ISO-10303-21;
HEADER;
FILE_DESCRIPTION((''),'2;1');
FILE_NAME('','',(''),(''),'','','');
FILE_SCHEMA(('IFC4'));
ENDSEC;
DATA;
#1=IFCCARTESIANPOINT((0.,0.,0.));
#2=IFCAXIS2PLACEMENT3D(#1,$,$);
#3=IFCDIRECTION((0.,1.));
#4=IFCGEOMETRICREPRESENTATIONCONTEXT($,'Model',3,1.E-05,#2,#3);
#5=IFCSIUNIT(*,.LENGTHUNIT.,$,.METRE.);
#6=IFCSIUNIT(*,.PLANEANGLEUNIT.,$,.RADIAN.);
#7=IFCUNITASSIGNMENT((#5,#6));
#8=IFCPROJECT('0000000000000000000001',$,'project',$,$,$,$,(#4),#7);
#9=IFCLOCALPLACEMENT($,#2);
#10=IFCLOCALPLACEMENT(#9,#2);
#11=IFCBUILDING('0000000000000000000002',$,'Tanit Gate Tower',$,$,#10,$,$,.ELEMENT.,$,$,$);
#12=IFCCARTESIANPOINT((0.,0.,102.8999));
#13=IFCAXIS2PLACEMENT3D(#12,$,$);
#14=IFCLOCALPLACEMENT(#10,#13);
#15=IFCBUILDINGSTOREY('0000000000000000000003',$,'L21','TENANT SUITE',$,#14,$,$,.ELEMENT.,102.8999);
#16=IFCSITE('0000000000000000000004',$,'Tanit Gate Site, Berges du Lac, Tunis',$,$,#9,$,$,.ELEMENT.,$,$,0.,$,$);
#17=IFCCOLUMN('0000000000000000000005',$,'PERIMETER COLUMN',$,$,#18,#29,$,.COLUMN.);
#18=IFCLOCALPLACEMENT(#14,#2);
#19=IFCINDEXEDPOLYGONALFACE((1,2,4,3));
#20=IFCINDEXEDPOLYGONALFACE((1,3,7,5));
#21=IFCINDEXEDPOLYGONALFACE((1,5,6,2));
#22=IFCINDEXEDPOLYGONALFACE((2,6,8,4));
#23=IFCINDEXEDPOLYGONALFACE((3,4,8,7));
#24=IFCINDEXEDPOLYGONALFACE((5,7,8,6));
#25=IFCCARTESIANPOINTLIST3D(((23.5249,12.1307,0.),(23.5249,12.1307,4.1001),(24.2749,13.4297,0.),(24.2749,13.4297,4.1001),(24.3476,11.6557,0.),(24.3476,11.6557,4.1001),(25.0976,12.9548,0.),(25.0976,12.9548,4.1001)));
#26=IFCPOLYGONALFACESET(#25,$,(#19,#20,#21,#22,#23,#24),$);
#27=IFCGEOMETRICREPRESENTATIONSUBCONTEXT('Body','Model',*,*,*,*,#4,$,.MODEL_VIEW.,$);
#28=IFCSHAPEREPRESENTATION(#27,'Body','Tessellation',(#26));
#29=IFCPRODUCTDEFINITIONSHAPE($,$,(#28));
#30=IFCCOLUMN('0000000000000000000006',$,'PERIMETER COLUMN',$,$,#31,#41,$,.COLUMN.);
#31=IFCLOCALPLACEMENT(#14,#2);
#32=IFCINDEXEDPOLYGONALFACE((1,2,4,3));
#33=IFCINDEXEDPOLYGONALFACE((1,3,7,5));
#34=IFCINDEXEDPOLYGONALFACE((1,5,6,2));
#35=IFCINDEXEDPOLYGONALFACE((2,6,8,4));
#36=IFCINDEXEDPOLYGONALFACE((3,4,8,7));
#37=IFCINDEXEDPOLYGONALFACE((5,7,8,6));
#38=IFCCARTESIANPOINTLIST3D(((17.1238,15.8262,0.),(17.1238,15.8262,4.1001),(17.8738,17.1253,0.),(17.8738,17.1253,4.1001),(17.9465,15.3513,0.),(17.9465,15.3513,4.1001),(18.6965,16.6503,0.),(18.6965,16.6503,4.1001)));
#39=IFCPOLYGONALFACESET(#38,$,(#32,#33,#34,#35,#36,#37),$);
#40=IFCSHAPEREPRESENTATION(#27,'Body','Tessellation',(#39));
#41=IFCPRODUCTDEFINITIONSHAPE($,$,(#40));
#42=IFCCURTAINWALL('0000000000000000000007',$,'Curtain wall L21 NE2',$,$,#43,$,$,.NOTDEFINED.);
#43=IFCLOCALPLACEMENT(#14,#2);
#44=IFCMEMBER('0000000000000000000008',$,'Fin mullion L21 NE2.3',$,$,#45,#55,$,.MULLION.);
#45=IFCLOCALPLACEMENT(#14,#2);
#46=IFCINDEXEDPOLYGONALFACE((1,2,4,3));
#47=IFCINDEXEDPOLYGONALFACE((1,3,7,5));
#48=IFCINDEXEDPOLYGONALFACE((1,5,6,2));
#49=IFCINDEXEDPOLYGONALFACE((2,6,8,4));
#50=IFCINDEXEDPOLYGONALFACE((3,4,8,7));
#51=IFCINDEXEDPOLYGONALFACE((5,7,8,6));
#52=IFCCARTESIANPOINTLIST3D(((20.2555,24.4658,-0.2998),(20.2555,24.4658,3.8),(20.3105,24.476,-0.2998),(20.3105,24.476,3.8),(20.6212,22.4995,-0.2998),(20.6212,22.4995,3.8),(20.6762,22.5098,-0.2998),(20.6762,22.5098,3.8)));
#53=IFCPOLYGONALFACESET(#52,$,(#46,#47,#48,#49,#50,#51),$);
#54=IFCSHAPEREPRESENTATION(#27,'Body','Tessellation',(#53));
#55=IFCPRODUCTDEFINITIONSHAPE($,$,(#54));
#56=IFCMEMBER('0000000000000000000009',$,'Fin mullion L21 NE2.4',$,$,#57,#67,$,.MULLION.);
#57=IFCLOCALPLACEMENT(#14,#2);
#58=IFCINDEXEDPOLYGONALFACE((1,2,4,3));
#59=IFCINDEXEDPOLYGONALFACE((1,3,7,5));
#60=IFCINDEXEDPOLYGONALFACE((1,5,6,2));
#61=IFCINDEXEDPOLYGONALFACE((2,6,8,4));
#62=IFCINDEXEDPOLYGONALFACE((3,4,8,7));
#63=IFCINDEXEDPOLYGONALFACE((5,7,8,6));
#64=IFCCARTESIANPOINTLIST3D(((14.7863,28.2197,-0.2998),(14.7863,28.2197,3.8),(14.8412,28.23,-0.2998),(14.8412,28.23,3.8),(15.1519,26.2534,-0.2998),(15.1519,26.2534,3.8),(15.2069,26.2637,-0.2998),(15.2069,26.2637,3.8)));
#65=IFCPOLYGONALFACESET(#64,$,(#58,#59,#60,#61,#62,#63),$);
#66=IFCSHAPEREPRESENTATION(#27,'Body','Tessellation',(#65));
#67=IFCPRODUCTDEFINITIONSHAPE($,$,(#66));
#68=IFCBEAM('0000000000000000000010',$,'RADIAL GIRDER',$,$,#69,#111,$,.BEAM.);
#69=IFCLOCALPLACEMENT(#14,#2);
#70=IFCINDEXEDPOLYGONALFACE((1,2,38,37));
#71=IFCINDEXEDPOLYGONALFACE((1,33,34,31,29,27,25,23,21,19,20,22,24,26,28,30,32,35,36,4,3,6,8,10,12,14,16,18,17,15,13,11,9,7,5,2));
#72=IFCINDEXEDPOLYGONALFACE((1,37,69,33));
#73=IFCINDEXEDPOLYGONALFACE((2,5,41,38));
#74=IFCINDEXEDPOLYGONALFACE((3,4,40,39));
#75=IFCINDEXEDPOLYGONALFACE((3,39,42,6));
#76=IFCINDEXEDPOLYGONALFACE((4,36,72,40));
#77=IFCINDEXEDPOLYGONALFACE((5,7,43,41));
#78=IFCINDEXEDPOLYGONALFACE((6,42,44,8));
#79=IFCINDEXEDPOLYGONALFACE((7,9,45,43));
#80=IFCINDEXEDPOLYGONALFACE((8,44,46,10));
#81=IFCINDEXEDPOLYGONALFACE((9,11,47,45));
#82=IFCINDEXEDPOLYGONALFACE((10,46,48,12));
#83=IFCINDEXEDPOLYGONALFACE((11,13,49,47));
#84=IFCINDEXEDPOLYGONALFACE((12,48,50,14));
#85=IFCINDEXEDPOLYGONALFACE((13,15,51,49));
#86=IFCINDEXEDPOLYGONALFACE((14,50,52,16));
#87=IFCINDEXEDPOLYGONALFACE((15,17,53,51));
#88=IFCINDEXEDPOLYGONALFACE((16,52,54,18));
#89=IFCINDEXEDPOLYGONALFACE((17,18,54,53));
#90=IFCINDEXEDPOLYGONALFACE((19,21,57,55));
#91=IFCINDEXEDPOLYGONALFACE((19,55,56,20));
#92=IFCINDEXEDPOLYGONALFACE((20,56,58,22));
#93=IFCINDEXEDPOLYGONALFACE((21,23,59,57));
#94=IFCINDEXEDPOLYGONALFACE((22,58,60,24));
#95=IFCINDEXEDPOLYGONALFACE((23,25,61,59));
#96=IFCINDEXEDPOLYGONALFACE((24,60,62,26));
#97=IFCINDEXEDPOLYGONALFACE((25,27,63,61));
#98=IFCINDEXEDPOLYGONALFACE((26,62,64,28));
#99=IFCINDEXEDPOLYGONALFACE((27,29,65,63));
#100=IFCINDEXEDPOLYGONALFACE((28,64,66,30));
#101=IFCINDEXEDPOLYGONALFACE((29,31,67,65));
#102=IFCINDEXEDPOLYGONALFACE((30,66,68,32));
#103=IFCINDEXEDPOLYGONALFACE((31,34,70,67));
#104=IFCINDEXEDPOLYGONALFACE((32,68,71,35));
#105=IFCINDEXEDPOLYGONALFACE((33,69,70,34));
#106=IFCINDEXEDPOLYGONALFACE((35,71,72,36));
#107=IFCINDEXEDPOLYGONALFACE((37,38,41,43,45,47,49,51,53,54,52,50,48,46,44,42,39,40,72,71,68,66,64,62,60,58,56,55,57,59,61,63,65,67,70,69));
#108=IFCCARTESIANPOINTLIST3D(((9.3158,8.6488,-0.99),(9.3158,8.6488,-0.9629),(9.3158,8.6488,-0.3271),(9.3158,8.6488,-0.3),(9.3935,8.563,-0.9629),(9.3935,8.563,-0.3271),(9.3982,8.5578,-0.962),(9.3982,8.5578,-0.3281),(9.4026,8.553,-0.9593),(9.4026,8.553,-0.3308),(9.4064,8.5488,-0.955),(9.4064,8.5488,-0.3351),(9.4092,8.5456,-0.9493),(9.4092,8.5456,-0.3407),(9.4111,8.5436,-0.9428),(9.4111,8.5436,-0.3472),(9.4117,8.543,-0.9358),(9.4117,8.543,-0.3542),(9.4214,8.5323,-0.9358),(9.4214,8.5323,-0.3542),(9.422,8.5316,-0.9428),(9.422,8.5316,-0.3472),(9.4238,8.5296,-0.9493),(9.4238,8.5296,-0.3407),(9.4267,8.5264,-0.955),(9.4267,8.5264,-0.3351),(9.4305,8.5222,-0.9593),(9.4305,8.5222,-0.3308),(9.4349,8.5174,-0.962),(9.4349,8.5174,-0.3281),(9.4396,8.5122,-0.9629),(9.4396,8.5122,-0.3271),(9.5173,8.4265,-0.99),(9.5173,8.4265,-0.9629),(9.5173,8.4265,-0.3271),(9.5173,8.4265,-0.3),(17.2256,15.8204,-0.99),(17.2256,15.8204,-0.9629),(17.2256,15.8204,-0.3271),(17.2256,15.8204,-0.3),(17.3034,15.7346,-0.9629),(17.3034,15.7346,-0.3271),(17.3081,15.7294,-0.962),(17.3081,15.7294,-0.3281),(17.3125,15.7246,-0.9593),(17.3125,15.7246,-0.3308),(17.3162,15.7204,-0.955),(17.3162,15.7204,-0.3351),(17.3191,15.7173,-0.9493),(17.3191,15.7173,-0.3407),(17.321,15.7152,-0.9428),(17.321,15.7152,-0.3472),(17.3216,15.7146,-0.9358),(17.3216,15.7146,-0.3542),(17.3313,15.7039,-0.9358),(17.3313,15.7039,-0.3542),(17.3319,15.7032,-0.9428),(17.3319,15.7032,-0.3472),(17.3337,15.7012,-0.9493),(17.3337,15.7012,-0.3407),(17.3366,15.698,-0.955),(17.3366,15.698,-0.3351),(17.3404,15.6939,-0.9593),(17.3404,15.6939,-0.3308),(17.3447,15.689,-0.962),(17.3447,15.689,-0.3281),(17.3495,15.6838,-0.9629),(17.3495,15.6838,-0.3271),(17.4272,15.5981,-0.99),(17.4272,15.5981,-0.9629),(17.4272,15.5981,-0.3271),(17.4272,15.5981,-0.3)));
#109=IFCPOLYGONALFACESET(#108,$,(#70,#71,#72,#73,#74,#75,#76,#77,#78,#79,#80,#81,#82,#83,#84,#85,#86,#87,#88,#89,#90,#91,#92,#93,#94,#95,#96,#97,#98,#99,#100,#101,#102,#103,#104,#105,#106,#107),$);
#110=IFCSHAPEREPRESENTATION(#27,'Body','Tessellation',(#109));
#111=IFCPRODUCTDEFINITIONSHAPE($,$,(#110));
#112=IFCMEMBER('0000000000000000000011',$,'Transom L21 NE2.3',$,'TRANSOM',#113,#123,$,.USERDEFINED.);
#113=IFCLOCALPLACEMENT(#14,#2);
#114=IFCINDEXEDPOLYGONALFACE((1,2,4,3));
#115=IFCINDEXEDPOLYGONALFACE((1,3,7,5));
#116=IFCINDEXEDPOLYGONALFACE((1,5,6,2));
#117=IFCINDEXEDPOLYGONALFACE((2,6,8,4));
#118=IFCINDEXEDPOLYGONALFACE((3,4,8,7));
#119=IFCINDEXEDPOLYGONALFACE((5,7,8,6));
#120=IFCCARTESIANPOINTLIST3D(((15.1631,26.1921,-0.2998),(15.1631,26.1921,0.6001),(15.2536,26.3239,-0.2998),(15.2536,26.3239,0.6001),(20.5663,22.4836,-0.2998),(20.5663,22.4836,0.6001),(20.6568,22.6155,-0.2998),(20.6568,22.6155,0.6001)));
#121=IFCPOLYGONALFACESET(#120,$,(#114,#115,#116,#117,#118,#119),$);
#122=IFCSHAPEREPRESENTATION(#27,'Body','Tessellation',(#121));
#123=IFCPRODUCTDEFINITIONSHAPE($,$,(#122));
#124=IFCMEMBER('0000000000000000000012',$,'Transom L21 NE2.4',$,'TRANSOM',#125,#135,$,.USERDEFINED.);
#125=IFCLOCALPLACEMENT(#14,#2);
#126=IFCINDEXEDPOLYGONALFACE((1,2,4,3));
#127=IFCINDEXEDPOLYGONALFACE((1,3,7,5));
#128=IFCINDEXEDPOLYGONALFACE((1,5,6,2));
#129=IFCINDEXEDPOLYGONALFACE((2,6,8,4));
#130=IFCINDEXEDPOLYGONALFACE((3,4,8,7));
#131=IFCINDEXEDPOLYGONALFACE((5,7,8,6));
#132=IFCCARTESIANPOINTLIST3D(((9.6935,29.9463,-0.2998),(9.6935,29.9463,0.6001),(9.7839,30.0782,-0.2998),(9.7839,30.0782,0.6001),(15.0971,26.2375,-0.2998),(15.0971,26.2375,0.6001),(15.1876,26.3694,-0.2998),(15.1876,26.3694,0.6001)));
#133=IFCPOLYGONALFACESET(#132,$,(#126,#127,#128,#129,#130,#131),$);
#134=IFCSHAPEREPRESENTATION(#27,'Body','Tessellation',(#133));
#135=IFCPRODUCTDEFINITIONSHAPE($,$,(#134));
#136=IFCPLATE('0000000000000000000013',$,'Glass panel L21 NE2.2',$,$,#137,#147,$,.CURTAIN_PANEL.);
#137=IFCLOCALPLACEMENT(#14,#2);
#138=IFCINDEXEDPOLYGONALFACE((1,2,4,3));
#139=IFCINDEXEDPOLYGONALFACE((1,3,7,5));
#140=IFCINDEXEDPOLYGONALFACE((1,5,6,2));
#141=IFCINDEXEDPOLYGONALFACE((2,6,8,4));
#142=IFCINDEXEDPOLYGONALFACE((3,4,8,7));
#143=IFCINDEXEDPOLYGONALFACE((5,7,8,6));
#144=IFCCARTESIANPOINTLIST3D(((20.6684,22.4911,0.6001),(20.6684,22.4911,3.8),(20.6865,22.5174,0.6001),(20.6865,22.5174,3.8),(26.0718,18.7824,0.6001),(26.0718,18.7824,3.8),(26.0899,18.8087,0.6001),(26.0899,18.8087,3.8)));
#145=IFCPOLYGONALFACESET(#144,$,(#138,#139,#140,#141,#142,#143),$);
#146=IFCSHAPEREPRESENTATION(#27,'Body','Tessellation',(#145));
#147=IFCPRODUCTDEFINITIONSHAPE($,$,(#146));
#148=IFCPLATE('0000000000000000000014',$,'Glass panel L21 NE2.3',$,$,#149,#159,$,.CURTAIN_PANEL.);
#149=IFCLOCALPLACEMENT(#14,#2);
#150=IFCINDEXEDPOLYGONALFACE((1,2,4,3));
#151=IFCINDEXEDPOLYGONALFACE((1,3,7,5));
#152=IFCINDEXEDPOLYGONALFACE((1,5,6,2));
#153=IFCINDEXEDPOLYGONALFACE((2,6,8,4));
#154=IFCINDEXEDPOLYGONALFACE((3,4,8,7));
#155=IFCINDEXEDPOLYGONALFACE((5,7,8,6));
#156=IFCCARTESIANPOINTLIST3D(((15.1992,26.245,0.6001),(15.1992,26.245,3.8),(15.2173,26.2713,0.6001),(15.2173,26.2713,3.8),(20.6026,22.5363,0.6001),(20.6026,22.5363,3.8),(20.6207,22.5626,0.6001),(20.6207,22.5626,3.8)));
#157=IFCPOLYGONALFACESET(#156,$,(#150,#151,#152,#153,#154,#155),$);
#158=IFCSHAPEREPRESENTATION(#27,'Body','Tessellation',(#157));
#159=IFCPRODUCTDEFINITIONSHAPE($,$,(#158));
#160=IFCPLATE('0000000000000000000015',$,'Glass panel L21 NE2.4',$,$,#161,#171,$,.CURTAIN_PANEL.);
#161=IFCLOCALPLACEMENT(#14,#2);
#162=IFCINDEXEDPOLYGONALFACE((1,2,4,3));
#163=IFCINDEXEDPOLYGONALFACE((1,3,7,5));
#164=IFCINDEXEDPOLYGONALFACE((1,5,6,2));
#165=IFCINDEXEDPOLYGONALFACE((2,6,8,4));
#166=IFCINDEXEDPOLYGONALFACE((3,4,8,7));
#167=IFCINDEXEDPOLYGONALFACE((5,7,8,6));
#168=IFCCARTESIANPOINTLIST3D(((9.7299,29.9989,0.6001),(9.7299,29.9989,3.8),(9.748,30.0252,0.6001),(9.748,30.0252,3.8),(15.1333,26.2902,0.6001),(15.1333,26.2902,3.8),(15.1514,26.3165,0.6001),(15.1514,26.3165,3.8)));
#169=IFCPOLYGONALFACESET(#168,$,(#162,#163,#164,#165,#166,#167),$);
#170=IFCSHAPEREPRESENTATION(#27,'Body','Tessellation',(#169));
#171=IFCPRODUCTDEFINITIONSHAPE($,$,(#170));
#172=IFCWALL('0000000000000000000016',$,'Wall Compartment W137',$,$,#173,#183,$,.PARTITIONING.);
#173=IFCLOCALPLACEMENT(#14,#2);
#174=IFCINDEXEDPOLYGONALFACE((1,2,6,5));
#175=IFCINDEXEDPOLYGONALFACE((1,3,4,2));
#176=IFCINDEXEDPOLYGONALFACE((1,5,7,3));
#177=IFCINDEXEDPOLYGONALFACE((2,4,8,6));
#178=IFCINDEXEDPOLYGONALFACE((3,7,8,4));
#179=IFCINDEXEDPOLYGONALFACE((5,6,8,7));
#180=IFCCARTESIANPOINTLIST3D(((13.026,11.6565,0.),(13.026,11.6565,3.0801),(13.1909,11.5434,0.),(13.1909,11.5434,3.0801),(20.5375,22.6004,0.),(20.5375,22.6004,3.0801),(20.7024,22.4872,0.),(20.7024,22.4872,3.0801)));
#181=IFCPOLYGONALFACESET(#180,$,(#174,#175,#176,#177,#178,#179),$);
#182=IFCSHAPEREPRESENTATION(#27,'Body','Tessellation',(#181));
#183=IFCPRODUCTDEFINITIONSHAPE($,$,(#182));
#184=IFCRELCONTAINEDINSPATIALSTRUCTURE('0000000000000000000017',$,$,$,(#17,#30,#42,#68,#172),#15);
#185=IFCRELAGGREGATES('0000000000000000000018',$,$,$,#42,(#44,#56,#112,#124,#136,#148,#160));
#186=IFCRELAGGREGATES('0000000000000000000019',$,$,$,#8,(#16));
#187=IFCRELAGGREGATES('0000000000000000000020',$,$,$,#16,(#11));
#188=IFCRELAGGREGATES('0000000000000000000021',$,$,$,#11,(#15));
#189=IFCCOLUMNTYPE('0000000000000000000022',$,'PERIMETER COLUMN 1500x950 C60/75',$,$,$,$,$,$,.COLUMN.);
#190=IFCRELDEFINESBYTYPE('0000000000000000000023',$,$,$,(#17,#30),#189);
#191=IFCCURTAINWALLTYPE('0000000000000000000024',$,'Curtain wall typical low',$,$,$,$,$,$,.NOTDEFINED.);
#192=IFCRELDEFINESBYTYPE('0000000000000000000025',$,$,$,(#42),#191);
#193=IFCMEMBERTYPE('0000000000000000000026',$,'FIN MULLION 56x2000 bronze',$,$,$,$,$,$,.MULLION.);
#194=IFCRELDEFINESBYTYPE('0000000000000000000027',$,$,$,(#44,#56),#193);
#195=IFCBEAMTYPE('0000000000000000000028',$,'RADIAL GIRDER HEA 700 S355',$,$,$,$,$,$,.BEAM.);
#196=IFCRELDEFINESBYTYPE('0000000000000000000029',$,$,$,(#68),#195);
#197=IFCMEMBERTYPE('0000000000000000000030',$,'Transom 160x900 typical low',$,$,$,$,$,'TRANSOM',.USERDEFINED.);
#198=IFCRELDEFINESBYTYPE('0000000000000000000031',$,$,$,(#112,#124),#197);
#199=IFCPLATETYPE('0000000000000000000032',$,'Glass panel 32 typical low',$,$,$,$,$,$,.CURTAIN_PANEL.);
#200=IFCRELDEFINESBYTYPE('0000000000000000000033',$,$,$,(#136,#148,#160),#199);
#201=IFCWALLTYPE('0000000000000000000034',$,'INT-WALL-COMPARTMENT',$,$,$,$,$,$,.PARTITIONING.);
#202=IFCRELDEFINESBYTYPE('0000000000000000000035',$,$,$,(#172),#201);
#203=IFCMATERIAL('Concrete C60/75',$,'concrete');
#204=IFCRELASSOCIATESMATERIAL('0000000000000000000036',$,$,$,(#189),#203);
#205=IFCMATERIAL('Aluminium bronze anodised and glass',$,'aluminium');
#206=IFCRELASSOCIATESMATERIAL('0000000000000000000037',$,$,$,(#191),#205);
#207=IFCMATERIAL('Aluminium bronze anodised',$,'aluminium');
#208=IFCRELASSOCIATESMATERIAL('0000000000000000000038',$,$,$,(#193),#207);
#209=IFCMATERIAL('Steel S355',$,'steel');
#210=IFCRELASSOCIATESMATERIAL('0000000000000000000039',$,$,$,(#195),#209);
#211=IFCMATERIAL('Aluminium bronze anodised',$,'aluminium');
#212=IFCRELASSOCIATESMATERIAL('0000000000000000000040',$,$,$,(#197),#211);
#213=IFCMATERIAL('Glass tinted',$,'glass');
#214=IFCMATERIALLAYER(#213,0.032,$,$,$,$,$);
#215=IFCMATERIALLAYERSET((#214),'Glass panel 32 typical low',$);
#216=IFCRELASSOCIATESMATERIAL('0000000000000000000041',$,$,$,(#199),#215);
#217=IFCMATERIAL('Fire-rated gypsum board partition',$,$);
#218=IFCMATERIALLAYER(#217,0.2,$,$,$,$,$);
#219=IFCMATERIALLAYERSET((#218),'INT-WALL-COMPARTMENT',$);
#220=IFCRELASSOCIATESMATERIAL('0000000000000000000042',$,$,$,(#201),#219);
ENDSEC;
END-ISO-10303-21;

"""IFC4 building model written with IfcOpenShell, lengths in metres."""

from ifc_helpers import new_model, si_unit, direction, frame, frame_2d, origin, origin_2d, place, context, subcontext, project, spatial, rectangle, i_section, extrude, material, layer, layer_set, material_profile, profile_set, type_object, element, aggregate, save


model = new_model("IFC4")

# Units and contexts
model_context = context("Model", 3, precision=1e-05, world=origin(), true_north=direction((0.0, 1.0)))
body_context = subcontext(model_context, "Body", "Model", "MODEL_VIEW")
ifc_project = project(units=[si_unit("LENGTHUNIT", "METRE"), si_unit("PLANEANGLEUNIT", "RADIAN")], contexts=[model_context])

# Site, building, storey
site_placement = place(None, origin())
site = spatial("IfcSite", under=ifc_project, at=site_placement, Name="Tanit Gate Site, Berges du Lac, Tunis", CompositionType="ELEMENT", RefElevation=0.0)
building_placement = place(site_placement, origin())
building = spatial("IfcBuilding", under=site, at=building_placement, Name="Tanit Gate Tower", CompositionType="ELEMENT")
storey_placement = place(building_placement, frame((0.0, 0.0, 102.8999)))
storey = spatial("IfcBuildingStorey", under=building, at=storey_placement, Name="L21", Description="TENANT SUITE", CompositionType="ELEMENT", Elevation=102.8999)

# Columns
ifc_material_1 = material(Name="Concrete C60/75", Category="concrete")
ifc_material_profile_1 = material_profile(ifc_material_1, rectangle(XDim=1.5, YDim=0.95, at=origin_2d()), Name="RC 1500x950")
ifc_profile_set_1 = profile_set([ifc_material_profile_1], Name="Concrete C60/75")
column_type = type_object("IfcColumnType", Name="PERIMETER COLUMN 1500x950 C60/75", PredefinedType="COLUMN", material=ifc_profile_set_1)
for number, where, z_axis, x_axis, name in (
    (1, (24.3113, 12.5427, 0.0), (0.0, 0.0, 1.0), (0.5, 0.866025, 0.0), "PERIMETER COLUMN"),
    (2, (17.9102, 16.2383, 0.0), (0.0, 0.0, 1.0), (0.5, 0.866025, 0.0), "PERIMETER COLUMN"),
):
    element("IfcColumn", number, at=place(storey_placement, frame(where, z_axis=z_axis, x_axis=x_axis)), inside=storey, type_object=column_type, Name=name, PredefinedType="COLUMN", context=body_context, shape_type="SweptSolid", body=[
        extrude(rectangle(XDim=1.5, YDim=0.95, at=origin_2d()), origin(), (0.0, 0.0, 1.0), 4.1001),
    ])

# Curtain wall, members
ifc_material_2 = material(Name="Aluminium bronze anodised and glass", Category="aluminium")
curtain_wall_type = type_object("IfcCurtainWallType", Name="Curtain wall typical low", PredefinedType="NOTDEFINED", material=ifc_material_2)
curtain_wall_placement = place(storey_placement, origin())
curtain_wall = element("IfcCurtainWall", 3, at=curtain_wall_placement, inside=storey, type_object=curtain_wall_type, Name="Curtain wall L21 NE2", PredefinedType="NOTDEFINED")
ifc_material_3 = material(Name="Aluminium bronze anodised", Category="aluminium")
ifc_material_profile_2 = material_profile(ifc_material_3, rectangle(XDim=2.0, YDim=0.0559, at=origin_2d()), Name="56x2000 bronze fin mullion")
ifc_profile_set_2 = profile_set([ifc_material_profile_2], Name="Aluminium bronze anodised")
member_type_1 = type_object("IfcMemberType", Name="FIN MULLION 56x2000 bronze", PredefinedType="MULLION", material=ifc_profile_set_2)
member_1_placement = place(storey_placement, frame((20.4658, 23.4878, -0.2998), z_axis=(0.0, 0.0, 1.0), x_axis=(0.182847, -0.983141, 0.0)))
member_1 = element("IfcMember", 4, at=member_1_placement, type_object=member_type_1, Name="Fin mullion L21 NE2.3", PredefinedType="MULLION", context=body_context, shape_type="SweptSolid", body=[
    extrude(rectangle(XDim=2.0, YDim=0.0559, at=origin_2d()), origin(), (0.0, 0.0, 1.0), 4.0999),
])
member_2_placement = place(storey_placement, frame((14.9966, 27.2417, -0.2998), z_axis=(0.0, 0.0, 1.0), x_axis=(0.182847, -0.983141, 0.0)))
member_2 = element("IfcMember", 5, at=member_2_placement, type_object=member_type_1, Name="Fin mullion L21 NE2.4", PredefinedType="MULLION", context=body_context, shape_type="SweptSolid", body=[
    extrude(rectangle(XDim=2.0, YDim=0.0559, at=origin_2d()), origin(), (0.0, 0.0, 1.0), 4.0999),
])

# Beam
ifc_material_4 = material(Name="Steel S355", Category="steel")
ifc_material_profile_3 = material_profile(ifc_material_4, i_section(OverallWidth=0.3, OverallDepth=0.6899, WebThickness=0.0144, FlangeThickness=0.0271, FilletRadius=0.0271, at=origin_2d()), Name="HEA 700")
ifc_profile_set_3 = profile_set([ifc_material_profile_3], Name="Steel S355")
beam_type = type_object("IfcBeamType", Name="RADIAL GIRDER HEA 700 S355", PredefinedType="BEAM", material=ifc_profile_set_3)
beam_placement = place(storey_placement, frame((17.3264, 15.7092, -0.645), z_axis=(-0.740834, -0.671688, 0.0), x_axis=(0.671688, -0.740834, 0.0)))
element("IfcBeam", 6, at=beam_placement, inside=storey, type_object=beam_type, Name="RADIAL GIRDER", PredefinedType="BEAM", context=body_context, shape_type="SweptSolid", body=[
    extrude(i_section(OverallWidth=0.3, OverallDepth=0.6899, WebThickness=0.0144, FlangeThickness=0.0271, FilletRadius=0.0271, at=origin_2d()), origin(), (0.0, 0.0, 1.0), 10.677),
])

# Members
ifc_material_5 = material(Name="Aluminium bronze anodised", Category="aluminium")
ifc_material_profile_4 = material_profile(ifc_material_5, rectangle(XDim=0.1599, YDim=0.8999, at=origin_2d()), Name="160x900 bronze transom")
ifc_profile_set_4 = profile_set([ifc_material_profile_4], Name="Aluminium bronze anodised")
member_type_2 = type_object("IfcMemberType", Name="Transom 160x900 typical low", ElementType="TRANSOM", PredefinedType="USERDEFINED", material=ifc_profile_set_4)
member_3_placement = place(storey_placement, frame((20.6116, 22.5496, 0.1501), z_axis=(-0.824489, 0.565877, 0.0), x_axis=(-0.565877, -0.824489, 0.0)))
member_3 = element("IfcMember", 7, at=member_3_placement, type_object=member_type_2, Name="Transom L21 NE2.3", ObjectType="TRANSOM", PredefinedType="USERDEFINED", context=body_context, shape_type="SweptSolid", body=[
    extrude(rectangle(XDim=0.1599, YDim=0.8999, at=origin_2d()), origin(), (0.0, 0.0, 1.0), 6.5535),
])
member_4_placement = place(storey_placement, frame((15.1423, 26.3035, 0.1501), z_axis=(-0.824484, 0.565885, 0.0), x_axis=(-0.565885, -0.824484, 0.0)))
member_4 = element("IfcMember", 8, at=member_4_placement, type_object=member_type_2, Name="Transom L21 NE2.4", ObjectType="TRANSOM", PredefinedType="USERDEFINED", context=body_context, shape_type="SweptSolid", body=[
    extrude(rectangle(XDim=0.1599, YDim=0.8999, at=origin_2d()), origin(), (0.0, 0.0, 1.0), 6.554),
])

# Plates
ifc_material_6 = material(Name="Glass tinted", Category="glass")
ifc_layer_1 = layer(ifc_material_6, 0.032)
ifc_layer_set_1 = layer_set([ifc_layer_1], Name="Glass panel 32 typical low")
plate_type = type_object("IfcPlateType", Name="Glass panel 32 typical low", PredefinedType="CURTAIN_PANEL", material=ifc_layer_set_1)
plate_1_placement = place(storey_placement, frame((23.3792, 20.6499, 0.6001), z_axis=(0.0, 0.0, 1.0), x_axis=(-0.824479, 0.565893, 0.0)))
plate_1 = element("IfcPlate", 9, at=plate_1_placement, type_object=plate_type, Name="Glass panel L21 NE2.2", PredefinedType="CURTAIN_PANEL", context=body_context, shape_type="SweptSolid", body=[
    extrude(rectangle(XDim=6.5537, YDim=0.032, at=origin_2d()), origin(), (0.0, 0.0, 1.0), 3.2),
])
plate_2_placement = place(storey_placement, frame((17.9099, 24.4038, 0.6001), z_axis=(0.0, 0.0, 1.0), x_axis=(-0.824479, 0.565893, 0.0)))
plate_2 = element("IfcPlate", 10, at=plate_2_placement, type_object=plate_type, Name="Glass panel L21 NE2.3", PredefinedType="CURTAIN_PANEL", context=body_context, shape_type="SweptSolid", body=[
    extrude(rectangle(XDim=6.5537, YDim=0.032, at=origin_2d()), origin(), (0.0, 0.0, 1.0), 3.2),
])
plate_3_placement = place(storey_placement, frame((12.4407, 28.1577, 0.6001), z_axis=(0.0, 0.0, 1.0), x_axis=(-0.824479, 0.565893, 0.0)))
plate_3 = element("IfcPlate", 11, at=plate_3_placement, type_object=plate_type, Name="Glass panel L21 NE2.4", PredefinedType="CURTAIN_PANEL", context=body_context, shape_type="SweptSolid", body=[
    extrude(rectangle(XDim=6.5537, YDim=0.032, at=origin_2d()), origin(), (0.0, 0.0, 1.0), 3.2),
])
aggregate(curtain_wall, [member_1, member_2, member_3, member_4, plate_1, plate_2, plate_3])

# Wall
ifc_material_7 = material(Name="Fire-rated gypsum board partition")
ifc_layer_2 = layer(ifc_material_7, 0.2)
ifc_layer_set_2 = layer_set([ifc_layer_2], Name="INT-WALL-COMPARTMENT")
wall_type = type_object("IfcWallType", Name="INT-WALL-COMPARTMENT", PredefinedType="PARTITIONING", material=ifc_layer_set_2)
wall_placement = place(storey_placement, frame((20.6199, 22.5437, 0.0), z_axis=(0.0, 0.0, 1.0), x_axis=(-0.565893, -0.824479, 0.0)))
element("IfcWall", 12, at=wall_placement, inside=storey, type_object=wall_type, Name="Wall Compartment W137", PredefinedType="PARTITIONING", context=body_context, shape_type="SweptSolid", body=[
    extrude(rectangle(XDim=13.2737, YDim=0.2, at=frame_2d((6.6367, 0.0))), origin(), (0.0, 0.0, 1.0), 3.0801),
])

save(model, "model.ifc")
